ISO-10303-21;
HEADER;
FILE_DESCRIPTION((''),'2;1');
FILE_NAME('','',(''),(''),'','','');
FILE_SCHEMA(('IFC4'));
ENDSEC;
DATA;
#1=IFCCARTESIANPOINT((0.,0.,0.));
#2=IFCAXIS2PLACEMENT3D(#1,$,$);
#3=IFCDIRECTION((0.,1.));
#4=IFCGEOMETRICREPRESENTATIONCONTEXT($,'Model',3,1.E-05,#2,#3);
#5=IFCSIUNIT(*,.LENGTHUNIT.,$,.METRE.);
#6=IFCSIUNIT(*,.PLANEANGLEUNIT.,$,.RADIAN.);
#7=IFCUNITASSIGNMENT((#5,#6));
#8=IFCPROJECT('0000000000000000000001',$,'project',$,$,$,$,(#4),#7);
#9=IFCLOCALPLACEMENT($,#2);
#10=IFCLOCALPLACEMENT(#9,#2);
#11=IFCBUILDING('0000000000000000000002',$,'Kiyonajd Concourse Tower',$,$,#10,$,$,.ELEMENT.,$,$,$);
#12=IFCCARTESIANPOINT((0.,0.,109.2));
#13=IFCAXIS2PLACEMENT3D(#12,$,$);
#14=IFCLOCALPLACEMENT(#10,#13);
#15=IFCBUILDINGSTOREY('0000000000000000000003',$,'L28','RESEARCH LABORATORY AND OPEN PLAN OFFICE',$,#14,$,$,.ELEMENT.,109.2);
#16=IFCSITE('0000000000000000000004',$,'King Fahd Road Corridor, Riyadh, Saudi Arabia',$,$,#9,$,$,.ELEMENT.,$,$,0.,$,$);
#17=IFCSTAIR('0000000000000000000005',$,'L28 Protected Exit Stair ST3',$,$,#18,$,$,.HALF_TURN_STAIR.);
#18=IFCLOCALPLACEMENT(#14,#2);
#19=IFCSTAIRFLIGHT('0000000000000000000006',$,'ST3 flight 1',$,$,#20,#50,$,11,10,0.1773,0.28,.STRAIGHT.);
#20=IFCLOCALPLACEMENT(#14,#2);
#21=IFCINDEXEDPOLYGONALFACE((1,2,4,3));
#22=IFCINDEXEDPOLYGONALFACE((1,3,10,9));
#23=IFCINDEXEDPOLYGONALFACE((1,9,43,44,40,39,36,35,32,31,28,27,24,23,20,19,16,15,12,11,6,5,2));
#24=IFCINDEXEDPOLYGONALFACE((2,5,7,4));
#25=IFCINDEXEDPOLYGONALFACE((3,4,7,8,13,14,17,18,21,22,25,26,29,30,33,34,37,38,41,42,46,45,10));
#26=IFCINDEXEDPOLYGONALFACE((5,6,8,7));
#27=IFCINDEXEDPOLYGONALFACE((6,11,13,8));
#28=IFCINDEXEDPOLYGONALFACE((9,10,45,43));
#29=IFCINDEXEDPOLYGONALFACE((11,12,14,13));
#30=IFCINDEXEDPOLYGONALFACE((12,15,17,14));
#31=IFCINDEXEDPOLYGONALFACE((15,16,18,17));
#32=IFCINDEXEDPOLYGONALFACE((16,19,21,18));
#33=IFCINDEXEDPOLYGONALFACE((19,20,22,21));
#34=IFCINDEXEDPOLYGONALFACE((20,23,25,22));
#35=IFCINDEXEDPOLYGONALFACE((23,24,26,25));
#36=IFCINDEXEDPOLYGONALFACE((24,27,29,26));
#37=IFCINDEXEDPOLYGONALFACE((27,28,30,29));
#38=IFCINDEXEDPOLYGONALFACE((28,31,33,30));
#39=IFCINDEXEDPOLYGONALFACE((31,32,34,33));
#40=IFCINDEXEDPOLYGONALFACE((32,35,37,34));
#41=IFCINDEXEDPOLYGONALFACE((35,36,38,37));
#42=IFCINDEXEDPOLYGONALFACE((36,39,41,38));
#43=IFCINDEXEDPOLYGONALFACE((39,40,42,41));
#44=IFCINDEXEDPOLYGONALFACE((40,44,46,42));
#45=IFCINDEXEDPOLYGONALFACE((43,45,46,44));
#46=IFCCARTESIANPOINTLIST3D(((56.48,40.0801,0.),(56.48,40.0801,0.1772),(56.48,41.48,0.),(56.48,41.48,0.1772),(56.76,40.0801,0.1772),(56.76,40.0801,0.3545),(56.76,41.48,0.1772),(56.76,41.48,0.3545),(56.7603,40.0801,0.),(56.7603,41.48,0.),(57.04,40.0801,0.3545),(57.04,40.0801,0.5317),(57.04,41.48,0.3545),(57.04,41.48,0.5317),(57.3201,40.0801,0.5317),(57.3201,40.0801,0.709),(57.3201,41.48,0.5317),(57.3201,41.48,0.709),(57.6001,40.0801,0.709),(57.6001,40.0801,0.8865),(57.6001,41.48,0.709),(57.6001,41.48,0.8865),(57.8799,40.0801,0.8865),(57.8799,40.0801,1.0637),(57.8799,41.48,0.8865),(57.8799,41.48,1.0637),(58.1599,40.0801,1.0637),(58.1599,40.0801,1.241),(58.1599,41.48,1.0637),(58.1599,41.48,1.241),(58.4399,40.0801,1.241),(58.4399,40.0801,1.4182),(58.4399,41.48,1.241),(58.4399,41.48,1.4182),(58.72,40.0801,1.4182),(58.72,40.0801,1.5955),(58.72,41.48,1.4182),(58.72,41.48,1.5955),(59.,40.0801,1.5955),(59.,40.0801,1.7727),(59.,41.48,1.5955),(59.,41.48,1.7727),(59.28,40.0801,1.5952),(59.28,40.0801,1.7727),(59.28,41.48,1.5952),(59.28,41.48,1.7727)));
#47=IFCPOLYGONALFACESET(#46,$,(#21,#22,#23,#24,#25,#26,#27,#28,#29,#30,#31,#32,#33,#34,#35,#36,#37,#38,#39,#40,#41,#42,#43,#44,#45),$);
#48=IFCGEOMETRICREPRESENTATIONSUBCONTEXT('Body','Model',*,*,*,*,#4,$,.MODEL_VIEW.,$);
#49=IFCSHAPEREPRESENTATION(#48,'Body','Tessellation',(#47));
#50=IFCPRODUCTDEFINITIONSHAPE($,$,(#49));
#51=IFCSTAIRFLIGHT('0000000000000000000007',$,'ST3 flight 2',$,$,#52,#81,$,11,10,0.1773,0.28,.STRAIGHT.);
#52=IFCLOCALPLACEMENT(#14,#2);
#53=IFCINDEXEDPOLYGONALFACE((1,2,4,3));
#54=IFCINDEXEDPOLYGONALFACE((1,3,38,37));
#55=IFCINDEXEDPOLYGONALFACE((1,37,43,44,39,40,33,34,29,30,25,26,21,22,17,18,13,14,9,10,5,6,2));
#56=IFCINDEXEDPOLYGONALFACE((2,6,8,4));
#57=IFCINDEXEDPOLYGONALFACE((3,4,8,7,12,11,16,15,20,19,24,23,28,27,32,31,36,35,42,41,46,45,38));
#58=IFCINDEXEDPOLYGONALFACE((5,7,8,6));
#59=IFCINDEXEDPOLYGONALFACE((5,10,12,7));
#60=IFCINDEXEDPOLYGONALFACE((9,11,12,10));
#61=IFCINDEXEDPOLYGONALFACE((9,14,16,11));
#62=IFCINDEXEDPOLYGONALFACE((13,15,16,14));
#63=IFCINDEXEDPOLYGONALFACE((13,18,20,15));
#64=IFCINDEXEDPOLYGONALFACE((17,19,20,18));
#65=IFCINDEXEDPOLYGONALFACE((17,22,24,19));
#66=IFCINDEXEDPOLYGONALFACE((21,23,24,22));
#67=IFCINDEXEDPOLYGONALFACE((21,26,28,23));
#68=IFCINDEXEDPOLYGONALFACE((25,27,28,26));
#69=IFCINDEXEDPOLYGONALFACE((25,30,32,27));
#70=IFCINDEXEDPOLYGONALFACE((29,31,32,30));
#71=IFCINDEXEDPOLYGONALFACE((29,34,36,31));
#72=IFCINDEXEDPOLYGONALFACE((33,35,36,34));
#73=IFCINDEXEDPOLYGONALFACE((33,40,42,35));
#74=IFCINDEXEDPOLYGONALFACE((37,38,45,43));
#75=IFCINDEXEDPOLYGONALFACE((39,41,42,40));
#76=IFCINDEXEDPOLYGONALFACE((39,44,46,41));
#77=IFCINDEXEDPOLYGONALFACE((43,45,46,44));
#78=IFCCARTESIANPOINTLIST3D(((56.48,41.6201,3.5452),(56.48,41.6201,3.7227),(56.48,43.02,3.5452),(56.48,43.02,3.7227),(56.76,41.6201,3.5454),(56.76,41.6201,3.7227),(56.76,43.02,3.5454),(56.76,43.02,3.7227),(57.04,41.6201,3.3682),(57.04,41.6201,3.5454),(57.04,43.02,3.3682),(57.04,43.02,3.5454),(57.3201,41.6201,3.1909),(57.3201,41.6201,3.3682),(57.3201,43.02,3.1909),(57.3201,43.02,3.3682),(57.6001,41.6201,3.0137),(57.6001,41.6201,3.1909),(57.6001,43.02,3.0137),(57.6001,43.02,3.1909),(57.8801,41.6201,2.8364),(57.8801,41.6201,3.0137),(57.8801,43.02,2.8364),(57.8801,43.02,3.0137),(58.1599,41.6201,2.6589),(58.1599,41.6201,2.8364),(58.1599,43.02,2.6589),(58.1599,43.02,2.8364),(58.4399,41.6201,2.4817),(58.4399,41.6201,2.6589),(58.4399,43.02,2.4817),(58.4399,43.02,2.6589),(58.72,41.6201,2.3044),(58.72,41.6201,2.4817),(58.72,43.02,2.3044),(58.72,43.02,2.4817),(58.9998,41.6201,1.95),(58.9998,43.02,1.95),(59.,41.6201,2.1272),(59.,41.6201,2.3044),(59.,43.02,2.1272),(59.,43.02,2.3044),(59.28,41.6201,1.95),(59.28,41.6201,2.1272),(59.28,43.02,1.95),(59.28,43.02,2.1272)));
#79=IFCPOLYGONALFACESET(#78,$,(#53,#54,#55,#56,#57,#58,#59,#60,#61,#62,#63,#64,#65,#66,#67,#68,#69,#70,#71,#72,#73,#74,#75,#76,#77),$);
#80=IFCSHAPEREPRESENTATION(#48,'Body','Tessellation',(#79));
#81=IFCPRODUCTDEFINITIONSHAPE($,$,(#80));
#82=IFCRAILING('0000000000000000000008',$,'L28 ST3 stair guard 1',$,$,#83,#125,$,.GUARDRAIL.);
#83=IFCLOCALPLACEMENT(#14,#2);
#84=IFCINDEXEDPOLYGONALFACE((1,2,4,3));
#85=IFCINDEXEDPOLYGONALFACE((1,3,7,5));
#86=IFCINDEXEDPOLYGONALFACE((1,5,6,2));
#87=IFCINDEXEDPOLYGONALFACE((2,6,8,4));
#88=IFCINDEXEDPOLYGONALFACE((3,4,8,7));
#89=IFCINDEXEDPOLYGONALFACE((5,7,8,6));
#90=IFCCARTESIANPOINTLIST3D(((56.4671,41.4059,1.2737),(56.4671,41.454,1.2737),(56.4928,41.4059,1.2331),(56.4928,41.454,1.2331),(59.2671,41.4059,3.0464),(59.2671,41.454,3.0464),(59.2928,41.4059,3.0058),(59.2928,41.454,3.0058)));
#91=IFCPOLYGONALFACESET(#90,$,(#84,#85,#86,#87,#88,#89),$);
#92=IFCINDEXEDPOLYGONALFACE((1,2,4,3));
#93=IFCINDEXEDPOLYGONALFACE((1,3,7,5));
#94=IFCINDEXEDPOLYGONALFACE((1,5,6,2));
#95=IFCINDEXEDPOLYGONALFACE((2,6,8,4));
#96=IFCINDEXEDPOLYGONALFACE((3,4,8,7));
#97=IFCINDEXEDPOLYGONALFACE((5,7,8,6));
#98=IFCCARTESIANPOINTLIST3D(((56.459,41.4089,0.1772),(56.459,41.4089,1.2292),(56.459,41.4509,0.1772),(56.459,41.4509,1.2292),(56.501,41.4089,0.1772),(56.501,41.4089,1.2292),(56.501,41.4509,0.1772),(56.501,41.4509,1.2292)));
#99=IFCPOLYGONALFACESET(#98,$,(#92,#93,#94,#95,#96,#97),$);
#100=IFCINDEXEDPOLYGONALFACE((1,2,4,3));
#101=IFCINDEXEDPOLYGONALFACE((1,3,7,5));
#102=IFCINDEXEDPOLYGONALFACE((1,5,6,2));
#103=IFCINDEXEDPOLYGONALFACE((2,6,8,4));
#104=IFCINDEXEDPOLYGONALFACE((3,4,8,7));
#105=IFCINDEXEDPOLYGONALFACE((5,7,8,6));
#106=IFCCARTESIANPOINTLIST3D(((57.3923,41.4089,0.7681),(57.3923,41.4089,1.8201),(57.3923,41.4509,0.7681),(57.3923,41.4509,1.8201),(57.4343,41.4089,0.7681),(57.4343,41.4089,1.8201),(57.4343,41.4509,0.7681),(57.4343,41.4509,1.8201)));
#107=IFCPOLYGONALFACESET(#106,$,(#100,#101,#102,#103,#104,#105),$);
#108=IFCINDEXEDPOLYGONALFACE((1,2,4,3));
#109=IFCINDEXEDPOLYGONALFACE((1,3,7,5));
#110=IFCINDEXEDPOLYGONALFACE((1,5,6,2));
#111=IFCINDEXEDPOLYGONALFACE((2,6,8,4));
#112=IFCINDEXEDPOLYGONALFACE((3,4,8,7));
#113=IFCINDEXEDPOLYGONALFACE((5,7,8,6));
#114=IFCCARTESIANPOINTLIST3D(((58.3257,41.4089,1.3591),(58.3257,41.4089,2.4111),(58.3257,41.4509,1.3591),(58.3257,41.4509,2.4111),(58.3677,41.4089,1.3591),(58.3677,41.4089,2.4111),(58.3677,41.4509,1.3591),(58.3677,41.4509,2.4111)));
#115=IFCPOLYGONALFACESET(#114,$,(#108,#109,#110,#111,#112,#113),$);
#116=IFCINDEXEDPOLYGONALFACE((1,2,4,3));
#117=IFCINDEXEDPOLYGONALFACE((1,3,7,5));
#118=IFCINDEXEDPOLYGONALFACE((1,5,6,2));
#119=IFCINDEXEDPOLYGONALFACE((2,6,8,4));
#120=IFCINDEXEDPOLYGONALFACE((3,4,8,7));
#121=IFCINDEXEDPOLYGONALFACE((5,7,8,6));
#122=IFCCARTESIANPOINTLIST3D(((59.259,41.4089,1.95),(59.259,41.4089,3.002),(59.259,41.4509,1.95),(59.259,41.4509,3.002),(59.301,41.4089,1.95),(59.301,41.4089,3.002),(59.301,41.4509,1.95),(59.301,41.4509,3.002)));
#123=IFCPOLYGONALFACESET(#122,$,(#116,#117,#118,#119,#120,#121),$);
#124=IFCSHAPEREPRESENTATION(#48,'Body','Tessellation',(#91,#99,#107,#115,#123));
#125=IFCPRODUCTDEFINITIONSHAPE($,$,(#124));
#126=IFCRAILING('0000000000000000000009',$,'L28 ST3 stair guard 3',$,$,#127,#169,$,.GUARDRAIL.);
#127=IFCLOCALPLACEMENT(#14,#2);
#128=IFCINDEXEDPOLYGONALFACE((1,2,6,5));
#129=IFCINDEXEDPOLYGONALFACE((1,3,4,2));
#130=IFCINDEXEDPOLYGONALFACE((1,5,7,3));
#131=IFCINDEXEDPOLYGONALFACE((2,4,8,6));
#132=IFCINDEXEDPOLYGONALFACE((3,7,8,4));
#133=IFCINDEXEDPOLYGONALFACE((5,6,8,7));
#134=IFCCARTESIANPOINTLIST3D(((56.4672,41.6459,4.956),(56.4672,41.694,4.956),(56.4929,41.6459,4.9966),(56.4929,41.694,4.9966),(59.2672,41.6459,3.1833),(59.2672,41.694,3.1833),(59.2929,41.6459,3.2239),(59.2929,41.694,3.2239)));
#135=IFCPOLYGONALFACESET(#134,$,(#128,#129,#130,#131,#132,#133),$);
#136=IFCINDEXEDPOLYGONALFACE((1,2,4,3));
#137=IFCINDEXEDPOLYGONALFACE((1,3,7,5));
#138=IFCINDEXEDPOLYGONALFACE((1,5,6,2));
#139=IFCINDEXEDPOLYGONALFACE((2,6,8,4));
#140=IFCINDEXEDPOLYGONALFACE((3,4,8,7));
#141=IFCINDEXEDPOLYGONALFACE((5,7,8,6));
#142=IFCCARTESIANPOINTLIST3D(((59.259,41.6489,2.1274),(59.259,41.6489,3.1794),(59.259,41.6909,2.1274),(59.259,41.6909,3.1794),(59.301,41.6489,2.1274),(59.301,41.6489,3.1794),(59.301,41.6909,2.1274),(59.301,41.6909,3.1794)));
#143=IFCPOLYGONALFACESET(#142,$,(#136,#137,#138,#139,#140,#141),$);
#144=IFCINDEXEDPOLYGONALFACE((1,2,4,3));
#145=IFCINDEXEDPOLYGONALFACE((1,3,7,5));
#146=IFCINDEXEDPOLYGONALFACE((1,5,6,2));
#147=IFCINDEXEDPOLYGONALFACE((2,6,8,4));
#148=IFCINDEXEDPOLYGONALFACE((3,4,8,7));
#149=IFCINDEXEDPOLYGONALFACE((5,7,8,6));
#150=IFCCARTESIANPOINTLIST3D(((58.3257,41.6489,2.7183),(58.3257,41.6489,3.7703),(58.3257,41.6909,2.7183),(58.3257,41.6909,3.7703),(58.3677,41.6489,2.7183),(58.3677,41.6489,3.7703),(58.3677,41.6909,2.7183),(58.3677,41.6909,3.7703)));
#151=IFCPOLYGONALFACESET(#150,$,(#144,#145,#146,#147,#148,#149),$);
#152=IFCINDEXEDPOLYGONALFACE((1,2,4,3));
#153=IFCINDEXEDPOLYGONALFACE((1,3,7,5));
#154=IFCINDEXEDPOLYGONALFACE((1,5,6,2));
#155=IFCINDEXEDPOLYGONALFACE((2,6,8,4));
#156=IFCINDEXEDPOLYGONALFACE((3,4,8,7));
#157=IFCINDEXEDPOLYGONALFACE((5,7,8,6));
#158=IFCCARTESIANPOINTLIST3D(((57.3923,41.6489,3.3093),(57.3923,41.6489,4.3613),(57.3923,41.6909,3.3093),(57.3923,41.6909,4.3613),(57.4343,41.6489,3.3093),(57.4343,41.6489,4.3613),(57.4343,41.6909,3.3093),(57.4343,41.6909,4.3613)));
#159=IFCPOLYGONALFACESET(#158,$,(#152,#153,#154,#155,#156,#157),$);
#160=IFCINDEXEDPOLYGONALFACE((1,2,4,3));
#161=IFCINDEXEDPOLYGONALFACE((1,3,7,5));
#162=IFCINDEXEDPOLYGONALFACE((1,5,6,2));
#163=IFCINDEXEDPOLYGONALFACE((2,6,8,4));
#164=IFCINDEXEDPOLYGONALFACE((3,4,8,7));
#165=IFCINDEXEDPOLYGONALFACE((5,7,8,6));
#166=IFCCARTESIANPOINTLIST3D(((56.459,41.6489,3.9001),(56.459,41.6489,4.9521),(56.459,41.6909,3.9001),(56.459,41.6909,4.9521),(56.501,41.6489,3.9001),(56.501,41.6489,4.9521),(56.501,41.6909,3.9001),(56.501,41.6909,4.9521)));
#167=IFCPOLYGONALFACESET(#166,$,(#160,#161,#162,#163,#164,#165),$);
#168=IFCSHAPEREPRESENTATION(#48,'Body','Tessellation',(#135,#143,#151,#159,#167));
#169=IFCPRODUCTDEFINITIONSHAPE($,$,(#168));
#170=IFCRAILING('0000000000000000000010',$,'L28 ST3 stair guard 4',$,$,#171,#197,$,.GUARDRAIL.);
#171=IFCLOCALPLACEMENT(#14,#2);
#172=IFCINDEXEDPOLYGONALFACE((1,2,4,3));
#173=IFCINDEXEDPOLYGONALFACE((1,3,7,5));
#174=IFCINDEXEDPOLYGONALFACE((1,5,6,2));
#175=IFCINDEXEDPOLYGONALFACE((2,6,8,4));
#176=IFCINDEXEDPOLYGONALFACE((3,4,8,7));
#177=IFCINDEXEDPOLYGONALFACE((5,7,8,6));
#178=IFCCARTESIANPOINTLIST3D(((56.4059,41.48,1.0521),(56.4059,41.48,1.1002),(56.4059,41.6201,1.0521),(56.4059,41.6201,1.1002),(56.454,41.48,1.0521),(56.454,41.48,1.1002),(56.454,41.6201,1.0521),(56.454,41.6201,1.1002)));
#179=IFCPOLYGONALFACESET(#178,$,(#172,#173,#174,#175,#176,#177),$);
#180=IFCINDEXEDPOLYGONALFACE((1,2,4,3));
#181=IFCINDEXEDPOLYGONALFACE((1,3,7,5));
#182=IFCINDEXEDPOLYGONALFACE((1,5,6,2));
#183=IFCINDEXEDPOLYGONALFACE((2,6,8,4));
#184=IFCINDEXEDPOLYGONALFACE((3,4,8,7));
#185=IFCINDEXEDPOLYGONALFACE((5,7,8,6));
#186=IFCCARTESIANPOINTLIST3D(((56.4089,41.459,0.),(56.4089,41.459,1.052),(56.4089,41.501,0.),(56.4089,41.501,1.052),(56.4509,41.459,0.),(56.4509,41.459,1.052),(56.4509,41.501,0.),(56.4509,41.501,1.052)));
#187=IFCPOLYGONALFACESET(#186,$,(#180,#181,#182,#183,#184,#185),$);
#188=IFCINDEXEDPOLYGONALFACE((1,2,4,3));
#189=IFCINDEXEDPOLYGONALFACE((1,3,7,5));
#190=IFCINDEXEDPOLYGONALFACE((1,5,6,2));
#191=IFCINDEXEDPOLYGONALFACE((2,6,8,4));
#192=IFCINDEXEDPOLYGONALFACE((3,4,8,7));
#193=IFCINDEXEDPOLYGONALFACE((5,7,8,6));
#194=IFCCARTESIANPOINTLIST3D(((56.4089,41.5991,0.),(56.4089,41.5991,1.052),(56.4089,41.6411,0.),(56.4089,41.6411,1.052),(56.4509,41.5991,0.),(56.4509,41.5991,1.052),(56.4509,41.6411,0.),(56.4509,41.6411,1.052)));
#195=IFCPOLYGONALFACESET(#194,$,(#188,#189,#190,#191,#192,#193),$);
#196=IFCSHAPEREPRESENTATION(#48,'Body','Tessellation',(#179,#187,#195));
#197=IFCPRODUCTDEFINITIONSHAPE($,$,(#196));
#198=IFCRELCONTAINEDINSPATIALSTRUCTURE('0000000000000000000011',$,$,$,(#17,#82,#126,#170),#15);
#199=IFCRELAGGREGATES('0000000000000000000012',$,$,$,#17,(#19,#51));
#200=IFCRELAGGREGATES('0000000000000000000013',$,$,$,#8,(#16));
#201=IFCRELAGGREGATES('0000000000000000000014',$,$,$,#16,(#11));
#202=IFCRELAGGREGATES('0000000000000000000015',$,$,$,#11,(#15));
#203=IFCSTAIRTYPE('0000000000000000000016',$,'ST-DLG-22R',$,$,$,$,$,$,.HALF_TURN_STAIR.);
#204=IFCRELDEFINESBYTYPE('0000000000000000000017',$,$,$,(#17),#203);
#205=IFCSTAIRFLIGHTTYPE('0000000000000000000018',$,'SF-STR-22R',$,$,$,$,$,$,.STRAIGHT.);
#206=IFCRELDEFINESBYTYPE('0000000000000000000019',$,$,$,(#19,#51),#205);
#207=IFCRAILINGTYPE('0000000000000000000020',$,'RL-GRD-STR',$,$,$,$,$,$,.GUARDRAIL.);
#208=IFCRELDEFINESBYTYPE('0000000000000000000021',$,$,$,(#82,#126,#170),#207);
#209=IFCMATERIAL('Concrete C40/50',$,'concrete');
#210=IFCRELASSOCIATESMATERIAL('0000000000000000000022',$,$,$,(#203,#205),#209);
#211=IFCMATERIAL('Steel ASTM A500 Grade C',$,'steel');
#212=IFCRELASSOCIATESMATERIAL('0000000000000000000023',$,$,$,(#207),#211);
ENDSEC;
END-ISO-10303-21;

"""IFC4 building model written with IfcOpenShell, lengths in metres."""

from ifc_helpers import new_model, si_unit, direction, frame, origin, origin_2d, place, context, subcontext, project, spatial, polyline, rectangle, outline, extrude, material, type_object, element, aggregate, save


model = new_model("IFC4")

# Units and contexts
model_context = context("Model", 3, precision=1e-05, world=origin(), true_north=direction((0.0, 1.0)))
body_context = subcontext(model_context, "Body", "Model", "MODEL_VIEW")
ifc_project = project(units=[si_unit("LENGTHUNIT", "METRE"), si_unit("PLANEANGLEUNIT", "RADIAN")], contexts=[model_context])

# Site, building, storey
site_placement = place(None, origin())
site = spatial("IfcSite", under=ifc_project, at=site_placement, Name="King Fahd Road Corridor, Riyadh, Saudi Arabia", CompositionType="ELEMENT", RefElevation=0.0)
building_placement = place(site_placement, origin())
building = spatial("IfcBuilding", under=site, at=building_placement, Name="Kiyonajd Concourse Tower", CompositionType="ELEMENT")
storey_placement = place(building_placement, frame((0.0, 0.0, 109.2)))
storey = spatial("IfcBuildingStorey", under=building, at=storey_placement, Name="L28", Description="RESEARCH LABORATORY AND OPEN PLAN OFFICE", CompositionType="ELEMENT", Elevation=109.2)

# Stair, stair flights
ifc_material_1 = material(Name="Concrete C40/50", Category="concrete")
stair_type = type_object("IfcStairType", Name="ST-DLG-22R", PredefinedType="HALF_TURN_STAIR", material=ifc_material_1)
stair_placement = place(storey_placement, origin())
stair = element("IfcStair", 1, at=stair_placement, inside=storey, type_object=stair_type, Name="L28 Protected Exit Stair ST3", PredefinedType="HALF_TURN_STAIR")
stair_flight_type = type_object("IfcStairFlightType", Name="SF-STR-22R", PredefinedType="STRAIGHT", material=ifc_material_1)
stair_flight_1_placement = place(storey_placement, frame((56.48, 40.78, 0.0), z_axis=(0.0, 0.0, 1.0), x_axis=(1.0, 0.0, 0.0)))
stair_flight_1 = element("IfcStairFlight", 2, at=stair_flight_1_placement, type_object=stair_flight_type, Name="ST3 flight 1", NumberOfRisers=11, NumberOfTreads=10, PredefinedType="STRAIGHT", RiserHeight=0.1773, TreadLength=0.28, context=body_context, shape_type="SweptSolid", body=[
    extrude(outline(polyline([(0.0, 0.0), (0.0, 0.1772), (0.28, 0.1772), (0.28, 0.3545), (0.5601, 0.3545), (0.5601, 0.5317), (0.8401, 0.5317), (0.8401, 0.709), (1.1201, 0.709), (1.1201, 0.8865), (1.3999, 0.8865), (1.3999, 1.0637), (1.6799, 1.0637), (1.6799, 1.241), (1.96, 1.241), (1.96, 1.4182), (2.24, 1.4182), (2.24, 1.5955), (2.52, 1.5955), (2.52, 1.7727), (2.8, 1.7727), (2.8, 1.95), (2.8, 1.5952), (0.2803, 0.0), (0.0, 0.0)])), frame((0.0, 0.7, 0.0), z_axis=(0.0, -1.0, 0.0), x_axis=(1.0, 0.0, 0.0)), (0.0, 0.0, 1.0), 1.3999),
])
stair_flight_2_placement = place(storey_placement, frame((59.28, 42.3201, 1.95), z_axis=(0.0, 0.0, 1.0), x_axis=(-1.0, 0.0, 0.0)))
stair_flight_2 = element("IfcStairFlight", 3, at=stair_flight_2_placement, type_object=stair_flight_type, Name="ST3 flight 2", NumberOfRisers=11, NumberOfTreads=10, PredefinedType="STRAIGHT", RiserHeight=0.1773, TreadLength=0.28, context=body_context, shape_type="SweptSolid", body=[
    extrude(outline(polyline([(0.0, 0.0), (0.0, 0.1772), (0.28, 0.1772), (0.28, 0.3545), (0.5601, 0.3545), (0.5601, 0.5317), (0.8401, 0.5317), (0.8401, 0.709), (1.1201, 0.709), (1.1201, 0.8865), (1.3999, 0.8865), (1.3999, 1.0637), (1.6799, 1.0637), (1.6799, 1.241), (1.96, 1.241), (1.96, 1.4182), (2.24, 1.4182), (2.24, 1.5955), (2.52, 1.5955), (2.52, 1.7727), (2.8, 1.7727), (2.8, 1.95), (2.8, 1.5952), (0.2803, 0.0), (0.0, 0.0)])), frame((0.0, 0.7, 0.0), z_axis=(0.0, -1.0, 0.0), x_axis=(1.0, 0.0, 0.0)), (0.0, 0.0, 1.0), 1.3999),
])
aggregate(stair, [stair_flight_1, stair_flight_2])

# Railings
ifc_material_2 = material(Name="Steel ASTM A500 Grade C", Category="steel")
railing_type_1 = type_object("IfcRailingType", Name="RL-GRD-STR", PredefinedType="GUARDRAIL", material=ifc_material_2)
railing_1_placement = place(storey_placement, frame((56.48, 41.4299, 0.1772)))
element("IfcRailing", 4, at=railing_1_placement, inside=storey, type_object=railing_type_1, Name="L28 ST3 stair guard 1", PredefinedType="GUARDRAIL", context=body_context, shape_type="SweptSolid", body=[
    extrude(rectangle(XDim=0.0481, YDim=0.0481, at=origin_2d()), frame((0.0, 0.0, 1.0762), z_axis=(0.844909, 0.0, 0.53491), x_axis=(0.0, 1.0, 0.0)), (0.0, 0.0, 1.0), 3.314),
    extrude(rectangle(XDim=0.042, YDim=0.042, at=origin_2d()), origin(), (0.0, 0.0, 1.0), 1.052),
    extrude(rectangle(XDim=0.042, YDim=0.042, at=origin_2d()), frame((0.9333, 0.0, 0.5908)), (0.0, 0.0, 1.0), 1.052),
    extrude(rectangle(XDim=0.042, YDim=0.042, at=origin_2d()), frame((1.8667, 0.0, 1.1819)), (0.0, 0.0, 1.0), 1.052),
    extrude(rectangle(XDim=0.042, YDim=0.042, at=origin_2d()), frame((2.8, 0.0, 1.7727)), (0.0, 0.0, 1.0), 1.052),
])
railing_2_placement = place(storey_placement, frame((59.28, 41.6699, 2.1274)))
element("IfcRailing", 5, at=railing_2_placement, inside=storey, type_object=railing_type_1, Name="L28 ST3 stair guard 3", PredefinedType="GUARDRAIL", context=body_context, shape_type="SweptSolid", body=[
    extrude(rectangle(XDim=0.0481, YDim=0.0481, at=origin_2d()), frame((0.0, 0.0, 1.0762), z_axis=(-0.844909, 0.0, 0.53491), x_axis=(0.0, -1.0, 0.0)), (0.0, 0.0, 1.0), 3.314),
    extrude(rectangle(XDim=0.042, YDim=0.042, at=origin_2d()), origin(), (0.0, 0.0, 1.0), 1.052),
    extrude(rectangle(XDim=0.042, YDim=0.042, at=origin_2d()), frame((-0.9333, 0.0, 0.5908)), (0.0, 0.0, 1.0), 1.052),
    extrude(rectangle(XDim=0.042, YDim=0.042, at=origin_2d()), frame((-1.8667, 0.0, 1.1819)), (0.0, 0.0, 1.0), 1.052),
    extrude(rectangle(XDim=0.042, YDim=0.042, at=origin_2d()), frame((-2.8, 0.0, 1.7727)), (0.0, 0.0, 1.0), 1.052),
])
railing_3_placement = place(storey_placement, frame((56.4299, 41.48, 0.0)))
element("IfcRailing", 6, at=railing_3_placement, inside=storey, type_object=railing_type_1, Name="L28 ST3 stair guard 4", PredefinedType="GUARDRAIL", context=body_context, shape_type="SweptSolid", body=[
    extrude(rectangle(XDim=0.0481, YDim=0.0481, at=origin_2d()), frame((0.0, 0.0, 1.0762), z_axis=(0.0, 1.0, 0.0), x_axis=(-1.0, 0.0, 0.0)), (0.0, 0.0, 1.0), 0.1401),
    extrude(rectangle(XDim=0.042, YDim=0.042, at=origin_2d()), origin(), (0.0, 0.0, 1.0), 1.052),
    extrude(rectangle(XDim=0.042, YDim=0.042, at=origin_2d()), frame((0.0, 0.1401, 0.0)), (0.0, 0.0, 1.0), 1.052),
])

save(model, "model.ifc")
